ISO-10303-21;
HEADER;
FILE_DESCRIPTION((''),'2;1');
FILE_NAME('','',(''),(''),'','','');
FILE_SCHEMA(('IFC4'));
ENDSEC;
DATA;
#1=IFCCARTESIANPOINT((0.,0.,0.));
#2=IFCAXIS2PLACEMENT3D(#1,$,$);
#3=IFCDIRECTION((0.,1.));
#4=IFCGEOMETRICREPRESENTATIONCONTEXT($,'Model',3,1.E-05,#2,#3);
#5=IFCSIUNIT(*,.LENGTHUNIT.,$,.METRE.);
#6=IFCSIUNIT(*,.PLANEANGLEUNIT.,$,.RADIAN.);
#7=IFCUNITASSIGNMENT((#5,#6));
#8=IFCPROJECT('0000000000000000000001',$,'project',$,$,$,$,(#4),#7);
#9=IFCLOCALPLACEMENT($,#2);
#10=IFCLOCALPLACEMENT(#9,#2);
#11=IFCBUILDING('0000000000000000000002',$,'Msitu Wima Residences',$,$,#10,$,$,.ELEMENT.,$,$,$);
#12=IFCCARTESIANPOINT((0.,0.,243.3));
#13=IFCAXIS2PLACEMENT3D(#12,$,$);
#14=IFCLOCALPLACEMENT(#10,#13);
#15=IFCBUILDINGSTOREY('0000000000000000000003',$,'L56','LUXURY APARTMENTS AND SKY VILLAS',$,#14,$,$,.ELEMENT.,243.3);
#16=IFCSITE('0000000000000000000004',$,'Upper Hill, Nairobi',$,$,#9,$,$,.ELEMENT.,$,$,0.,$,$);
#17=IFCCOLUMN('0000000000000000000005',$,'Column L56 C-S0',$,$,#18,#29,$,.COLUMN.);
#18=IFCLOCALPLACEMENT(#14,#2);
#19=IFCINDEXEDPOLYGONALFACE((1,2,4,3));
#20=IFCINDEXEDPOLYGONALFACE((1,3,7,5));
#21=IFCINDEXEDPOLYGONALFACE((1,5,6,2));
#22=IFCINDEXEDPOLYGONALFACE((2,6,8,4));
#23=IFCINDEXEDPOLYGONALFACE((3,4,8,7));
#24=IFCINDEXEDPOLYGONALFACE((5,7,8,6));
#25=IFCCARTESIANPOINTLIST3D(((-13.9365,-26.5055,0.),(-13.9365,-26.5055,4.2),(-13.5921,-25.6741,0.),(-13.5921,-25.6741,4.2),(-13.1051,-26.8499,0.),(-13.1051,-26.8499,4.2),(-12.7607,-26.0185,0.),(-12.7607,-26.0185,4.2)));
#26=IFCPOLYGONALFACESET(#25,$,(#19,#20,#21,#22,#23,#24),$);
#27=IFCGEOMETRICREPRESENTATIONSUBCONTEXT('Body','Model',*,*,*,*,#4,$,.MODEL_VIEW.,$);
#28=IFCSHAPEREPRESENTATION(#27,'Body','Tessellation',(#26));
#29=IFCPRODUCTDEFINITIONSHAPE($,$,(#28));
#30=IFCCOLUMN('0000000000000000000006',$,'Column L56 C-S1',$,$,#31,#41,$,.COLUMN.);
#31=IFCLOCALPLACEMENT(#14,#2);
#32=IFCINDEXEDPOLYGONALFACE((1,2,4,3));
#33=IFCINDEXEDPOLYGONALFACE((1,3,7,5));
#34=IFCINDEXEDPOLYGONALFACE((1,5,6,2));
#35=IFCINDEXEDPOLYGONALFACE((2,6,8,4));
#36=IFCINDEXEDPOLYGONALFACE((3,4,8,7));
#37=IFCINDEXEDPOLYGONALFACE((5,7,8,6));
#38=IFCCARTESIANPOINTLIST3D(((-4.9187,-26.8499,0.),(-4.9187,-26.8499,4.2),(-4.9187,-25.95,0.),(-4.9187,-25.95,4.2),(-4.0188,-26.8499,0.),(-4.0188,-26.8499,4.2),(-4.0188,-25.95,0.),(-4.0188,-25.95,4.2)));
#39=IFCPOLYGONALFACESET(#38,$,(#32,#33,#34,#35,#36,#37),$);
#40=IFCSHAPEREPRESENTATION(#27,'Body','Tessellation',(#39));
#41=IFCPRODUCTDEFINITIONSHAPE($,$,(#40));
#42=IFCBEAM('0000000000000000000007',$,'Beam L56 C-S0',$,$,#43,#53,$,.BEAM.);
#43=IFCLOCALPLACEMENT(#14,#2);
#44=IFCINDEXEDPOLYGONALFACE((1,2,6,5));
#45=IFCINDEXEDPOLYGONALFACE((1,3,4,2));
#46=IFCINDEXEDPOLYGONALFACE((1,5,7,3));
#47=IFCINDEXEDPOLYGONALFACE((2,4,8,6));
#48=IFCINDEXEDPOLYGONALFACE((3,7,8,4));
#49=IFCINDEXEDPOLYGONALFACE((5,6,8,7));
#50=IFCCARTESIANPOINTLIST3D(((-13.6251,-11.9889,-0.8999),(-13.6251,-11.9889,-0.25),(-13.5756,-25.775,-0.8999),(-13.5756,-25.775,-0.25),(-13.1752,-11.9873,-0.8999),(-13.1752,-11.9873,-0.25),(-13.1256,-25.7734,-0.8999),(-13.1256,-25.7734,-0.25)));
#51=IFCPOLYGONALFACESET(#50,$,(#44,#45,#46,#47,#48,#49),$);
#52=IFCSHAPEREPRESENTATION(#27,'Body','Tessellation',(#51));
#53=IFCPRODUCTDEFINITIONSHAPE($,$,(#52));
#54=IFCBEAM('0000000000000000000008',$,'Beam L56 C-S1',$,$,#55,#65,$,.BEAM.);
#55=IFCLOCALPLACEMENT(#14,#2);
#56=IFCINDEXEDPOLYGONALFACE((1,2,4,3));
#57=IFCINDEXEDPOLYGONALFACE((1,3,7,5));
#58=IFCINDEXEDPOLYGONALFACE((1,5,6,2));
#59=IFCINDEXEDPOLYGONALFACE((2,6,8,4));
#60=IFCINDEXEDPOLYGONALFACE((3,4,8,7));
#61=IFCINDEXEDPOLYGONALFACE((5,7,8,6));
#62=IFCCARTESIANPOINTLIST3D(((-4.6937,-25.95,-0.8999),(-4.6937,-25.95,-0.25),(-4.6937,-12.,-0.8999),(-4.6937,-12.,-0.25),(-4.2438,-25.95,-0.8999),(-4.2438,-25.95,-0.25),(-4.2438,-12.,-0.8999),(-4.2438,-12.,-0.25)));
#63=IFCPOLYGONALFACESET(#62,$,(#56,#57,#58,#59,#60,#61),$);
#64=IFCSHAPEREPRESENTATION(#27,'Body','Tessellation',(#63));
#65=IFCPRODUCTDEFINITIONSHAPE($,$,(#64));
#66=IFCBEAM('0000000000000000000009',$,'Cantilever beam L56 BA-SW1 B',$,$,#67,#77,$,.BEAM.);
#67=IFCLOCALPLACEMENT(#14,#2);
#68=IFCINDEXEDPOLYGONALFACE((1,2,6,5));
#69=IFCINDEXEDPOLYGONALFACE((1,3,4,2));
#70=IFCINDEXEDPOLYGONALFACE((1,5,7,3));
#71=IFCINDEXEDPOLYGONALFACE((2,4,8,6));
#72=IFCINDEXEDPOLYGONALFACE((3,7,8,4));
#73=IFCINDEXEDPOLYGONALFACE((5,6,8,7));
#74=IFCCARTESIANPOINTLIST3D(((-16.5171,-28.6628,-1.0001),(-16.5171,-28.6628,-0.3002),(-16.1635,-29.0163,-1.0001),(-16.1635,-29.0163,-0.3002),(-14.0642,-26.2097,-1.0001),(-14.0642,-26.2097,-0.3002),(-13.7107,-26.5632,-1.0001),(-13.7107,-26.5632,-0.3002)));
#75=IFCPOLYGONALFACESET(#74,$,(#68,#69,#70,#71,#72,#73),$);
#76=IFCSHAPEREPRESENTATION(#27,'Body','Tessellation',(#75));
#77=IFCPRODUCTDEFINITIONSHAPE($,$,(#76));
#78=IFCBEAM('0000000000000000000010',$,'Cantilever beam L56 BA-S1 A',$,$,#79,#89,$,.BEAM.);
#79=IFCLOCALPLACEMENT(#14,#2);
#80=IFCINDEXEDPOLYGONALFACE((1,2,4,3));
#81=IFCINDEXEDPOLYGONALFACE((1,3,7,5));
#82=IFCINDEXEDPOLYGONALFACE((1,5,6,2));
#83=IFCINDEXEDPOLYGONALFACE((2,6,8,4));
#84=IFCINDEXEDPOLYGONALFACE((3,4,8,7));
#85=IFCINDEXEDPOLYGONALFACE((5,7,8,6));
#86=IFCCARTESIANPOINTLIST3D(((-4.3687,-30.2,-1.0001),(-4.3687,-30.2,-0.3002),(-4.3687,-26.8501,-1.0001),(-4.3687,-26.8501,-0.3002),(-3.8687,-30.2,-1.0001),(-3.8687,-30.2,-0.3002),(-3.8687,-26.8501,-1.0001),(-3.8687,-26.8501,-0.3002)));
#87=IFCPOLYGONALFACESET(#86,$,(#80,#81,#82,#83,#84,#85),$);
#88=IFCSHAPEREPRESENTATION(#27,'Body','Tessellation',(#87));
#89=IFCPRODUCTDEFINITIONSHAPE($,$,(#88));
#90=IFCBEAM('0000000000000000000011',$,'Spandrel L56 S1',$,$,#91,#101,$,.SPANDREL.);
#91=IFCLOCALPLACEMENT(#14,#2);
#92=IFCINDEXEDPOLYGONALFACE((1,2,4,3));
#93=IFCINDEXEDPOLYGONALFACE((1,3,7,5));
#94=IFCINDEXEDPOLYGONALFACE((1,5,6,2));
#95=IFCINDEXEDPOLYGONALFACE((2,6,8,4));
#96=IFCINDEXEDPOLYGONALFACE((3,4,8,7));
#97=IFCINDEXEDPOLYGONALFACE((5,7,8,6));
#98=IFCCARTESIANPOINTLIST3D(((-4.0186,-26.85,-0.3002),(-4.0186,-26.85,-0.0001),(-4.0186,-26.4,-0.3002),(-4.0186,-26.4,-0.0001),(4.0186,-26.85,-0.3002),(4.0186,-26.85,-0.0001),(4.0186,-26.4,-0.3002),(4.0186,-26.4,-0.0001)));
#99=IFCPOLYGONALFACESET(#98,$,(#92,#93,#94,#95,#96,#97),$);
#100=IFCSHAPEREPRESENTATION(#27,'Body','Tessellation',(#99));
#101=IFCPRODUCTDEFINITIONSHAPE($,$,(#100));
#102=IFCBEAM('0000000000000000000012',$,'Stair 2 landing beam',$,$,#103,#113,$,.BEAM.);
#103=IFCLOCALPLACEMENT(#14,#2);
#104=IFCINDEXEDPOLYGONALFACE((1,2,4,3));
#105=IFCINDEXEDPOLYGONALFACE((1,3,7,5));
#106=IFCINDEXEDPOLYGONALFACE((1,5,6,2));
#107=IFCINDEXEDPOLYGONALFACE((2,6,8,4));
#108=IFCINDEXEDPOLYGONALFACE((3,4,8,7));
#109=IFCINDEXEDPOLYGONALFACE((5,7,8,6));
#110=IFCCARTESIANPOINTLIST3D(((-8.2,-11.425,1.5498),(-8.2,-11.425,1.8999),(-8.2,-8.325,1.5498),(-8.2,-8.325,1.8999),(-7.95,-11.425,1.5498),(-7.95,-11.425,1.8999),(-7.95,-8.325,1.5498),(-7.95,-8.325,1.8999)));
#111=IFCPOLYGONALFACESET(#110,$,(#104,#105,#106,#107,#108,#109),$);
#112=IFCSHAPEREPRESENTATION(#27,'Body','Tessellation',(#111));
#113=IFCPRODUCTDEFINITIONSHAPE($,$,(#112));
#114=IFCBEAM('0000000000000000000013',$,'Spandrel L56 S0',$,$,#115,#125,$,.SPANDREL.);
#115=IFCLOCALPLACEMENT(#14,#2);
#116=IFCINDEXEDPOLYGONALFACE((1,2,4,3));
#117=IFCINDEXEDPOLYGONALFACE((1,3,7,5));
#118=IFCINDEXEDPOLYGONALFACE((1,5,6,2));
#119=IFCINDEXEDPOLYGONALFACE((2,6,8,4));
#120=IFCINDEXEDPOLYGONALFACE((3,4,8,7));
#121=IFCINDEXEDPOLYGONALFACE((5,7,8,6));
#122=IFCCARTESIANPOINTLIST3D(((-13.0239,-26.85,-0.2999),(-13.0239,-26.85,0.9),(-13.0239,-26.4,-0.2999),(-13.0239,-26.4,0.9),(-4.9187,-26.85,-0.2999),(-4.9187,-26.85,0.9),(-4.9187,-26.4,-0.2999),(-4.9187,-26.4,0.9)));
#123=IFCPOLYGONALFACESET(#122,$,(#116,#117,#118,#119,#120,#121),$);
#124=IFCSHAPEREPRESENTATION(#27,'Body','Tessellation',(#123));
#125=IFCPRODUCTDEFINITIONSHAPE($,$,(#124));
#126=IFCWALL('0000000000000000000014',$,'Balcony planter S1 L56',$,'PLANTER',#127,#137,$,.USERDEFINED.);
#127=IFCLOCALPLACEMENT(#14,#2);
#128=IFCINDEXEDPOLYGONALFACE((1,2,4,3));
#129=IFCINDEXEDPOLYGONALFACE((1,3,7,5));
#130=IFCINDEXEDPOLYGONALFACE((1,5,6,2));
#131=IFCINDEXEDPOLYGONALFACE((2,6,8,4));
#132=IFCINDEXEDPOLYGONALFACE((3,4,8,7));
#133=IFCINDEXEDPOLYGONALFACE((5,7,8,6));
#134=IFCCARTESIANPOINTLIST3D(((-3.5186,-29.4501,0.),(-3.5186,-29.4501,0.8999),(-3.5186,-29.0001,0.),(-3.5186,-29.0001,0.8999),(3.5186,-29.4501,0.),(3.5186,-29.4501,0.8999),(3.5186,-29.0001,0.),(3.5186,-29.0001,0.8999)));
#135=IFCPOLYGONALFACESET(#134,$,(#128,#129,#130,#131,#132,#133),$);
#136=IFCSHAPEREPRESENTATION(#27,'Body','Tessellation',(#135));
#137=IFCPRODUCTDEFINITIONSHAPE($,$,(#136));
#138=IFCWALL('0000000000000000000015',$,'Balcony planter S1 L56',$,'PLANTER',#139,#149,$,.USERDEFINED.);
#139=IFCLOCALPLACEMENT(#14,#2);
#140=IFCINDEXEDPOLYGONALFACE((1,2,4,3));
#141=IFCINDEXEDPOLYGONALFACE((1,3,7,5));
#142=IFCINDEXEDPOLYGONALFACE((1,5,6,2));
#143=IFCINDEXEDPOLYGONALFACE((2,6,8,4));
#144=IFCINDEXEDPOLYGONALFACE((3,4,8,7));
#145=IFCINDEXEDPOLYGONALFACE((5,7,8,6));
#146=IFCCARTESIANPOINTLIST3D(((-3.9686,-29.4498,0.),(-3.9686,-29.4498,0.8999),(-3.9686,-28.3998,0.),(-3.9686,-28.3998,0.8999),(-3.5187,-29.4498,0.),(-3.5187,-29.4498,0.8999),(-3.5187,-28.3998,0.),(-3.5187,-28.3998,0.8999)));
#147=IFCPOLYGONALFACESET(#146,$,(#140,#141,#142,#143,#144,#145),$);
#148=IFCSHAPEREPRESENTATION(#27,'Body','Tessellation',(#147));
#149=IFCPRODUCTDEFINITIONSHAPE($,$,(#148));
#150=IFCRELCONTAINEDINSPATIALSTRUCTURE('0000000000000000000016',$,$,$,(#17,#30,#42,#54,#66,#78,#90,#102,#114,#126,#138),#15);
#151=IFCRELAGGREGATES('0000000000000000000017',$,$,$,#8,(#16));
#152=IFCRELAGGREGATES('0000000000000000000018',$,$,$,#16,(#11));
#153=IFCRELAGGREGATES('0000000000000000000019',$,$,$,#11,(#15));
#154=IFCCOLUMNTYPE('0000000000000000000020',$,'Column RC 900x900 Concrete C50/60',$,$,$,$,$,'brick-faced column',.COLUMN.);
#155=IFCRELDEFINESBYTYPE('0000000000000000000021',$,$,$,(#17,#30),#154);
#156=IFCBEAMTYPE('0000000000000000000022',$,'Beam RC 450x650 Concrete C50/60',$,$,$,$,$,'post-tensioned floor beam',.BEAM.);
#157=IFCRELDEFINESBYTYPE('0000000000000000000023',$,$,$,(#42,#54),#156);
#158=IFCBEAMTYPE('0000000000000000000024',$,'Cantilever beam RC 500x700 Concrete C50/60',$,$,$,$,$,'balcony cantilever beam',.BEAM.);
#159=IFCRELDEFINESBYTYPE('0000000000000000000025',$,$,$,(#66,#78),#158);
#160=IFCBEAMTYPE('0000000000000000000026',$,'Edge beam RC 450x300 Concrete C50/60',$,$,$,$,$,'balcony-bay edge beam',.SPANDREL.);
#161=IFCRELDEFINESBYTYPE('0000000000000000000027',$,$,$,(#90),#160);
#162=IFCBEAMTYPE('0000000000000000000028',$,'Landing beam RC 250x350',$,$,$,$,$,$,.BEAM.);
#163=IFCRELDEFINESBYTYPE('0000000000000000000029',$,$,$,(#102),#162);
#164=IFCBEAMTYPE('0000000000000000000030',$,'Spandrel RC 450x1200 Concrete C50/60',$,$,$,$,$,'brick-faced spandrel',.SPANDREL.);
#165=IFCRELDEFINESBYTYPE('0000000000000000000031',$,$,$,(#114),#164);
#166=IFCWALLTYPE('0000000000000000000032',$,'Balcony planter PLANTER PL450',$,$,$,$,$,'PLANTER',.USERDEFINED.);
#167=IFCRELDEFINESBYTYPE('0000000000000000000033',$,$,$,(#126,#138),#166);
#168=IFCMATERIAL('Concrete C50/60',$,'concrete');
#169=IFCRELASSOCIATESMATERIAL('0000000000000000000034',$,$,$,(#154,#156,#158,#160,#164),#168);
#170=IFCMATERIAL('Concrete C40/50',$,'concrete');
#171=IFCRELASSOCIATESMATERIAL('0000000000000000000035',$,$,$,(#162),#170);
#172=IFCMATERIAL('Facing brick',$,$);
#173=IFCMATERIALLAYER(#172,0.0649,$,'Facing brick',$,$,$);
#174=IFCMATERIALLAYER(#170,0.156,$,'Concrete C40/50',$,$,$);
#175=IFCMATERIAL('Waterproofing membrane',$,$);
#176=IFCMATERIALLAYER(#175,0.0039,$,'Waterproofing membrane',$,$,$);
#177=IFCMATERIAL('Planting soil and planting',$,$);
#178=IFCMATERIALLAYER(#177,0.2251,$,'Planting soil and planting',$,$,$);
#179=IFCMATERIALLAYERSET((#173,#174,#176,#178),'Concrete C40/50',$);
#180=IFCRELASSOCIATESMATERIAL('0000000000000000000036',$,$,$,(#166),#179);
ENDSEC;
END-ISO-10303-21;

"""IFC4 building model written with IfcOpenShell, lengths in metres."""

from ifc_helpers import new_model, si_unit, direction, frame, frame_2d, origin, origin_2d, place, context, subcontext, project, spatial, rectangle, extrude, material, layer, layer_set, material_profile, profile_set, type_object, element, save


model = new_model("IFC4")

# Units and contexts
model_context = context("Model", 3, precision=1e-05, world=origin(), true_north=direction((0.0, 1.0)))
body_context = subcontext(model_context, "Body", "Model", "MODEL_VIEW")
ifc_project = project(units=[si_unit("LENGTHUNIT", "METRE"), si_unit("PLANEANGLEUNIT", "RADIAN")], contexts=[model_context])

# Site, building, storey
site_placement = place(None, origin())
site = spatial("IfcSite", under=ifc_project, at=site_placement, Name="Upper Hill, Nairobi", CompositionType="ELEMENT", RefElevation=0.0)
building_placement = place(site_placement, origin())
building = spatial("IfcBuilding", under=site, at=building_placement, Name="Msitu Wima Residences", CompositionType="ELEMENT")
storey_placement = place(building_placement, frame((0.0, 0.0, 243.3)))
storey = spatial("IfcBuildingStorey", under=building, at=storey_placement, Name="L56", Description="LUXURY APARTMENTS AND SKY VILLAS", CompositionType="ELEMENT", Elevation=243.3)

# Columns
ifc_material_1 = material(Name="Concrete C50/60", Category="concrete")
ifc_material_profile_1 = material_profile(ifc_material_1, rectangle(XDim=0.8999, YDim=0.8999, at=origin_2d()), Name="RC 900x900")
ifc_profile_set_1 = profile_set([ifc_material_profile_1], Name="Concrete C50/60")
column_type = type_object("IfcColumnType", Name="Column RC 900x900 Concrete C50/60", ElementType="brick-faced column", PredefinedType="COLUMN", material=ifc_profile_set_1)
for number, where, z_axis, x_axis, name in (
    (1, (-13.3486, -26.262, 0.0), (0.0, 0.0, 1.0), (0.92388, -0.382683, 0.0), "Column L56 C-S0"),
    (2, (-4.4688, -26.3999, 0.0), (0.0, 0.0, 1.0), (1.0, 0.0, 0.0), "Column L56 C-S1"),
):
    element("IfcColumn", number, at=place(storey_placement, frame(where, z_axis=z_axis, x_axis=x_axis)), inside=storey, type_object=column_type, Name=name, PredefinedType="COLUMN", context=body_context, shape_type="SweptSolid", body=[
        extrude(rectangle(XDim=0.8999, YDim=0.8999, at=origin_2d()), origin(), (0.0, 0.0, 1.0), 4.2),
    ])

# Beams
ifc_material_profile_2 = material_profile(ifc_material_1, rectangle(XDim=0.45, YDim=0.6499, at=origin_2d()), Name="RC 450x650")
ifc_profile_set_2 = profile_set([ifc_material_profile_2], Name="Concrete C50/60")
beam_type_1 = type_object("IfcBeamType", Name="Beam RC 450x650 Concrete C50/60", ElementType="post-tensioned floor beam", PredefinedType="BEAM", material=ifc_profile_set_2)
beam_1_placement = place(storey_placement, frame((-13.3506, -25.7742, -0.575), z_axis=(-0.003595, 0.999994, 0.0), x_axis=(-0.999994, -0.003595, 0.0)))
element("IfcBeam", 3, at=beam_1_placement, inside=storey, type_object=beam_type_1, Name="Beam L56 C-S0", PredefinedType="BEAM", context=body_context, shape_type="SweptSolid", body=[
    extrude(rectangle(XDim=0.45, YDim=0.6499, at=origin_2d()), origin(), (0.0, 0.0, 1.0), 13.7861),
])
beam_2_placement = place(storey_placement, frame((-4.4688, -25.95, -0.575), z_axis=(0.0, 1.0, 0.0), x_axis=(-1.0, 0.0, 0.0)))
element("IfcBeam", 4, at=beam_2_placement, inside=storey, type_object=beam_type_1, Name="Beam L56 C-S1", PredefinedType="BEAM", context=body_context, shape_type="SweptSolid", body=[
    extrude(rectangle(XDim=0.45, YDim=0.6499, at=origin_2d()), origin(), (0.0, 0.0, 1.0), 13.95),
])
ifc_material_profile_3 = material_profile(ifc_material_1, rectangle(XDim=0.5, YDim=0.7, at=origin_2d()), Name="RC 500x700")
ifc_profile_set_3 = profile_set([ifc_material_profile_3], Name="Concrete C50/60")
beam_type_2 = type_object("IfcBeamType", Name="Cantilever beam RC 500x700 Concrete C50/60", ElementType="balcony cantilever beam", PredefinedType="BEAM", material=ifc_profile_set_3)
beam_3_placement = place(storey_placement, frame((-13.8875, -26.3865, -0.6501), z_axis=(-0.707072, -0.707142, 0.0), x_axis=(0.707142, -0.707072, 0.0)))
element("IfcBeam", 5, at=beam_3_placement, inside=storey, type_object=beam_type_2, Name="Cantilever beam L56 BA-SW1 B", PredefinedType="BEAM", context=body_context, shape_type="SweptSolid", body=[
    extrude(rectangle(XDim=0.5, YDim=0.7, at=origin_2d()), origin(), (0.0, 0.0, 1.0), 3.469),
])
beam_4_placement = place(storey_placement, frame((-4.1187, -26.8501, -0.6501), z_axis=(0.0, -1.0, 0.0), x_axis=(1.0, 0.0, 0.0)))
element("IfcBeam", 6, at=beam_4_placement, inside=storey, type_object=beam_type_2, Name="Cantilever beam L56 BA-S1 A", PredefinedType="BEAM", context=body_context, shape_type="SweptSolid", body=[
    extrude(rectangle(XDim=0.5, YDim=0.7, at=origin_2d()), origin(), (0.0, 0.0, 1.0), 3.3499),
])
ifc_material_profile_4 = material_profile(ifc_material_1, rectangle(XDim=0.45, YDim=0.3, at=origin_2d()), Name="RC 450x300")
ifc_profile_set_4 = profile_set([ifc_material_profile_4], Name="Concrete C50/60")
beam_type_3 = type_object("IfcBeamType", Name="Edge beam RC 450x300 Concrete C50/60", ElementType="balcony-bay edge beam", PredefinedType="SPANDREL", material=ifc_profile_set_4)
beam_5_placement = place(storey_placement, frame((-4.0186, -26.625, -0.1501), z_axis=(1.0, 0.0, 0.0), x_axis=(0.0, 1.0, 0.0)))
element("IfcBeam", 7, at=beam_5_placement, inside=storey, type_object=beam_type_3, Name="Spandrel L56 S1", PredefinedType="SPANDREL", context=body_context, shape_type="SweptSolid", body=[
    extrude(rectangle(XDim=0.45, YDim=0.3, at=origin_2d()), origin(), (0.0, 0.0, 1.0), 8.0371),
])
ifc_material_2 = material(Name="Concrete C40/50", Category="concrete")
ifc_material_profile_5 = material_profile(ifc_material_2, rectangle(XDim=0.25, YDim=0.3501, at=origin_2d()), Name="RC 250x350")
ifc_profile_set_5 = profile_set([ifc_material_profile_5], Name="Concrete C40/50")
beam_type_4 = type_object("IfcBeamType", Name="Landing beam RC 250x350", PredefinedType="BEAM", material=ifc_profile_set_5)
beam_6_placement = place(storey_placement, frame((-8.075, -11.425, 1.7249), z_axis=(0.0, 1.0, 0.0), x_axis=(-1.0, 0.0, 0.0)))
element("IfcBeam", 8, at=beam_6_placement, inside=storey, type_object=beam_type_4, Name="Stair 2 landing beam", PredefinedType="BEAM", context=body_context, shape_type="SweptSolid", body=[
    extrude(rectangle(XDim=0.25, YDim=0.3501, at=origin_2d()), origin(), (0.0, 0.0, 1.0), 3.1001),
])
ifc_material_profile_6 = material_profile(ifc_material_1, rectangle(XDim=0.45, YDim=1.2, at=origin_2d()), Name="RC 450x1200")
ifc_profile_set_6 = profile_set([ifc_material_profile_6], Name="Concrete C50/60")
beam_type_5 = type_object("IfcBeamType", Name="Spandrel RC 450x1200 Concrete C50/60", ElementType="brick-faced spandrel", PredefinedType="SPANDREL", material=ifc_profile_set_6)
beam_7_placement = place(storey_placement, frame((-13.0239, -26.625, 0.3), z_axis=(1.0, 0.0, 0.0), x_axis=(0.0, 1.0, 0.0)))
element("IfcBeam", 9, at=beam_7_placement, inside=storey, type_object=beam_type_5, Name="Spandrel L56 S0", PredefinedType="SPANDREL", context=body_context, shape_type="SweptSolid", body=[
    extrude(rectangle(XDim=0.45, YDim=1.2, at=origin_2d()), origin(), (0.0, 0.0, 1.0), 8.1052),
])

# Walls
ifc_material_3 = material(Name="Facing brick")
ifc_layer_1 = layer(ifc_material_3, 0.0649, Name="Facing brick")
ifc_layer_2 = layer(ifc_material_2, 0.156, Name="Concrete C40/50")
ifc_material_4 = material(Name="Waterproofing membrane")
ifc_layer_3 = layer(ifc_material_4, 0.0039, Name="Waterproofing membrane")
ifc_material_5 = material(Name="Planting soil and planting")
ifc_layer_4 = layer(ifc_material_5, 0.2251, Name="Planting soil and planting")
ifc_layer_set_1 = layer_set([ifc_layer_1, ifc_layer_2, ifc_layer_3, ifc_layer_4], Name="Concrete C40/50")
wall_type_1 = type_object("IfcWallType", Name="Balcony planter PLANTER PL450", ElementType="PLANTER", PredefinedType="USERDEFINED", material=ifc_layer_set_1)
wall_1_placement = place(storey_placement, frame((-3.5186, -29.2251, 0.0), z_axis=(0.0, 0.0, 1.0), x_axis=(1.0, 0.0, 0.0)))
element("IfcWall", 10, at=wall_1_placement, inside=storey, type_object=wall_type_1, Name="Balcony planter S1 L56", ObjectType="PLANTER", PredefinedType="USERDEFINED", context=body_context, shape_type="SweptSolid", body=[
    extrude(rectangle(XDim=7.0371, YDim=0.45, at=frame_2d((3.5186, 0.0))), origin(), (0.0, 0.0, 1.0), 0.8999),
])
wall_2_placement = place(storey_placement, frame((-3.7437, -28.3999, 0.0), z_axis=(0.0, 0.0, 1.0), x_axis=(0.0, -1.0, 0.0)))
element("IfcWall", 11, at=wall_2_placement, inside=storey, type_object=wall_type_1, Name="Balcony planter S1 L56", ObjectType="PLANTER", PredefinedType="USERDEFINED", context=body_context, shape_type="SweptSolid", body=[
    extrude(rectangle(XDim=1.05, YDim=0.45, at=frame_2d((0.5249, 0.0))), origin(), (0.0, 0.0, 1.0), 0.8999),
])

save(model, "model.ifc")
